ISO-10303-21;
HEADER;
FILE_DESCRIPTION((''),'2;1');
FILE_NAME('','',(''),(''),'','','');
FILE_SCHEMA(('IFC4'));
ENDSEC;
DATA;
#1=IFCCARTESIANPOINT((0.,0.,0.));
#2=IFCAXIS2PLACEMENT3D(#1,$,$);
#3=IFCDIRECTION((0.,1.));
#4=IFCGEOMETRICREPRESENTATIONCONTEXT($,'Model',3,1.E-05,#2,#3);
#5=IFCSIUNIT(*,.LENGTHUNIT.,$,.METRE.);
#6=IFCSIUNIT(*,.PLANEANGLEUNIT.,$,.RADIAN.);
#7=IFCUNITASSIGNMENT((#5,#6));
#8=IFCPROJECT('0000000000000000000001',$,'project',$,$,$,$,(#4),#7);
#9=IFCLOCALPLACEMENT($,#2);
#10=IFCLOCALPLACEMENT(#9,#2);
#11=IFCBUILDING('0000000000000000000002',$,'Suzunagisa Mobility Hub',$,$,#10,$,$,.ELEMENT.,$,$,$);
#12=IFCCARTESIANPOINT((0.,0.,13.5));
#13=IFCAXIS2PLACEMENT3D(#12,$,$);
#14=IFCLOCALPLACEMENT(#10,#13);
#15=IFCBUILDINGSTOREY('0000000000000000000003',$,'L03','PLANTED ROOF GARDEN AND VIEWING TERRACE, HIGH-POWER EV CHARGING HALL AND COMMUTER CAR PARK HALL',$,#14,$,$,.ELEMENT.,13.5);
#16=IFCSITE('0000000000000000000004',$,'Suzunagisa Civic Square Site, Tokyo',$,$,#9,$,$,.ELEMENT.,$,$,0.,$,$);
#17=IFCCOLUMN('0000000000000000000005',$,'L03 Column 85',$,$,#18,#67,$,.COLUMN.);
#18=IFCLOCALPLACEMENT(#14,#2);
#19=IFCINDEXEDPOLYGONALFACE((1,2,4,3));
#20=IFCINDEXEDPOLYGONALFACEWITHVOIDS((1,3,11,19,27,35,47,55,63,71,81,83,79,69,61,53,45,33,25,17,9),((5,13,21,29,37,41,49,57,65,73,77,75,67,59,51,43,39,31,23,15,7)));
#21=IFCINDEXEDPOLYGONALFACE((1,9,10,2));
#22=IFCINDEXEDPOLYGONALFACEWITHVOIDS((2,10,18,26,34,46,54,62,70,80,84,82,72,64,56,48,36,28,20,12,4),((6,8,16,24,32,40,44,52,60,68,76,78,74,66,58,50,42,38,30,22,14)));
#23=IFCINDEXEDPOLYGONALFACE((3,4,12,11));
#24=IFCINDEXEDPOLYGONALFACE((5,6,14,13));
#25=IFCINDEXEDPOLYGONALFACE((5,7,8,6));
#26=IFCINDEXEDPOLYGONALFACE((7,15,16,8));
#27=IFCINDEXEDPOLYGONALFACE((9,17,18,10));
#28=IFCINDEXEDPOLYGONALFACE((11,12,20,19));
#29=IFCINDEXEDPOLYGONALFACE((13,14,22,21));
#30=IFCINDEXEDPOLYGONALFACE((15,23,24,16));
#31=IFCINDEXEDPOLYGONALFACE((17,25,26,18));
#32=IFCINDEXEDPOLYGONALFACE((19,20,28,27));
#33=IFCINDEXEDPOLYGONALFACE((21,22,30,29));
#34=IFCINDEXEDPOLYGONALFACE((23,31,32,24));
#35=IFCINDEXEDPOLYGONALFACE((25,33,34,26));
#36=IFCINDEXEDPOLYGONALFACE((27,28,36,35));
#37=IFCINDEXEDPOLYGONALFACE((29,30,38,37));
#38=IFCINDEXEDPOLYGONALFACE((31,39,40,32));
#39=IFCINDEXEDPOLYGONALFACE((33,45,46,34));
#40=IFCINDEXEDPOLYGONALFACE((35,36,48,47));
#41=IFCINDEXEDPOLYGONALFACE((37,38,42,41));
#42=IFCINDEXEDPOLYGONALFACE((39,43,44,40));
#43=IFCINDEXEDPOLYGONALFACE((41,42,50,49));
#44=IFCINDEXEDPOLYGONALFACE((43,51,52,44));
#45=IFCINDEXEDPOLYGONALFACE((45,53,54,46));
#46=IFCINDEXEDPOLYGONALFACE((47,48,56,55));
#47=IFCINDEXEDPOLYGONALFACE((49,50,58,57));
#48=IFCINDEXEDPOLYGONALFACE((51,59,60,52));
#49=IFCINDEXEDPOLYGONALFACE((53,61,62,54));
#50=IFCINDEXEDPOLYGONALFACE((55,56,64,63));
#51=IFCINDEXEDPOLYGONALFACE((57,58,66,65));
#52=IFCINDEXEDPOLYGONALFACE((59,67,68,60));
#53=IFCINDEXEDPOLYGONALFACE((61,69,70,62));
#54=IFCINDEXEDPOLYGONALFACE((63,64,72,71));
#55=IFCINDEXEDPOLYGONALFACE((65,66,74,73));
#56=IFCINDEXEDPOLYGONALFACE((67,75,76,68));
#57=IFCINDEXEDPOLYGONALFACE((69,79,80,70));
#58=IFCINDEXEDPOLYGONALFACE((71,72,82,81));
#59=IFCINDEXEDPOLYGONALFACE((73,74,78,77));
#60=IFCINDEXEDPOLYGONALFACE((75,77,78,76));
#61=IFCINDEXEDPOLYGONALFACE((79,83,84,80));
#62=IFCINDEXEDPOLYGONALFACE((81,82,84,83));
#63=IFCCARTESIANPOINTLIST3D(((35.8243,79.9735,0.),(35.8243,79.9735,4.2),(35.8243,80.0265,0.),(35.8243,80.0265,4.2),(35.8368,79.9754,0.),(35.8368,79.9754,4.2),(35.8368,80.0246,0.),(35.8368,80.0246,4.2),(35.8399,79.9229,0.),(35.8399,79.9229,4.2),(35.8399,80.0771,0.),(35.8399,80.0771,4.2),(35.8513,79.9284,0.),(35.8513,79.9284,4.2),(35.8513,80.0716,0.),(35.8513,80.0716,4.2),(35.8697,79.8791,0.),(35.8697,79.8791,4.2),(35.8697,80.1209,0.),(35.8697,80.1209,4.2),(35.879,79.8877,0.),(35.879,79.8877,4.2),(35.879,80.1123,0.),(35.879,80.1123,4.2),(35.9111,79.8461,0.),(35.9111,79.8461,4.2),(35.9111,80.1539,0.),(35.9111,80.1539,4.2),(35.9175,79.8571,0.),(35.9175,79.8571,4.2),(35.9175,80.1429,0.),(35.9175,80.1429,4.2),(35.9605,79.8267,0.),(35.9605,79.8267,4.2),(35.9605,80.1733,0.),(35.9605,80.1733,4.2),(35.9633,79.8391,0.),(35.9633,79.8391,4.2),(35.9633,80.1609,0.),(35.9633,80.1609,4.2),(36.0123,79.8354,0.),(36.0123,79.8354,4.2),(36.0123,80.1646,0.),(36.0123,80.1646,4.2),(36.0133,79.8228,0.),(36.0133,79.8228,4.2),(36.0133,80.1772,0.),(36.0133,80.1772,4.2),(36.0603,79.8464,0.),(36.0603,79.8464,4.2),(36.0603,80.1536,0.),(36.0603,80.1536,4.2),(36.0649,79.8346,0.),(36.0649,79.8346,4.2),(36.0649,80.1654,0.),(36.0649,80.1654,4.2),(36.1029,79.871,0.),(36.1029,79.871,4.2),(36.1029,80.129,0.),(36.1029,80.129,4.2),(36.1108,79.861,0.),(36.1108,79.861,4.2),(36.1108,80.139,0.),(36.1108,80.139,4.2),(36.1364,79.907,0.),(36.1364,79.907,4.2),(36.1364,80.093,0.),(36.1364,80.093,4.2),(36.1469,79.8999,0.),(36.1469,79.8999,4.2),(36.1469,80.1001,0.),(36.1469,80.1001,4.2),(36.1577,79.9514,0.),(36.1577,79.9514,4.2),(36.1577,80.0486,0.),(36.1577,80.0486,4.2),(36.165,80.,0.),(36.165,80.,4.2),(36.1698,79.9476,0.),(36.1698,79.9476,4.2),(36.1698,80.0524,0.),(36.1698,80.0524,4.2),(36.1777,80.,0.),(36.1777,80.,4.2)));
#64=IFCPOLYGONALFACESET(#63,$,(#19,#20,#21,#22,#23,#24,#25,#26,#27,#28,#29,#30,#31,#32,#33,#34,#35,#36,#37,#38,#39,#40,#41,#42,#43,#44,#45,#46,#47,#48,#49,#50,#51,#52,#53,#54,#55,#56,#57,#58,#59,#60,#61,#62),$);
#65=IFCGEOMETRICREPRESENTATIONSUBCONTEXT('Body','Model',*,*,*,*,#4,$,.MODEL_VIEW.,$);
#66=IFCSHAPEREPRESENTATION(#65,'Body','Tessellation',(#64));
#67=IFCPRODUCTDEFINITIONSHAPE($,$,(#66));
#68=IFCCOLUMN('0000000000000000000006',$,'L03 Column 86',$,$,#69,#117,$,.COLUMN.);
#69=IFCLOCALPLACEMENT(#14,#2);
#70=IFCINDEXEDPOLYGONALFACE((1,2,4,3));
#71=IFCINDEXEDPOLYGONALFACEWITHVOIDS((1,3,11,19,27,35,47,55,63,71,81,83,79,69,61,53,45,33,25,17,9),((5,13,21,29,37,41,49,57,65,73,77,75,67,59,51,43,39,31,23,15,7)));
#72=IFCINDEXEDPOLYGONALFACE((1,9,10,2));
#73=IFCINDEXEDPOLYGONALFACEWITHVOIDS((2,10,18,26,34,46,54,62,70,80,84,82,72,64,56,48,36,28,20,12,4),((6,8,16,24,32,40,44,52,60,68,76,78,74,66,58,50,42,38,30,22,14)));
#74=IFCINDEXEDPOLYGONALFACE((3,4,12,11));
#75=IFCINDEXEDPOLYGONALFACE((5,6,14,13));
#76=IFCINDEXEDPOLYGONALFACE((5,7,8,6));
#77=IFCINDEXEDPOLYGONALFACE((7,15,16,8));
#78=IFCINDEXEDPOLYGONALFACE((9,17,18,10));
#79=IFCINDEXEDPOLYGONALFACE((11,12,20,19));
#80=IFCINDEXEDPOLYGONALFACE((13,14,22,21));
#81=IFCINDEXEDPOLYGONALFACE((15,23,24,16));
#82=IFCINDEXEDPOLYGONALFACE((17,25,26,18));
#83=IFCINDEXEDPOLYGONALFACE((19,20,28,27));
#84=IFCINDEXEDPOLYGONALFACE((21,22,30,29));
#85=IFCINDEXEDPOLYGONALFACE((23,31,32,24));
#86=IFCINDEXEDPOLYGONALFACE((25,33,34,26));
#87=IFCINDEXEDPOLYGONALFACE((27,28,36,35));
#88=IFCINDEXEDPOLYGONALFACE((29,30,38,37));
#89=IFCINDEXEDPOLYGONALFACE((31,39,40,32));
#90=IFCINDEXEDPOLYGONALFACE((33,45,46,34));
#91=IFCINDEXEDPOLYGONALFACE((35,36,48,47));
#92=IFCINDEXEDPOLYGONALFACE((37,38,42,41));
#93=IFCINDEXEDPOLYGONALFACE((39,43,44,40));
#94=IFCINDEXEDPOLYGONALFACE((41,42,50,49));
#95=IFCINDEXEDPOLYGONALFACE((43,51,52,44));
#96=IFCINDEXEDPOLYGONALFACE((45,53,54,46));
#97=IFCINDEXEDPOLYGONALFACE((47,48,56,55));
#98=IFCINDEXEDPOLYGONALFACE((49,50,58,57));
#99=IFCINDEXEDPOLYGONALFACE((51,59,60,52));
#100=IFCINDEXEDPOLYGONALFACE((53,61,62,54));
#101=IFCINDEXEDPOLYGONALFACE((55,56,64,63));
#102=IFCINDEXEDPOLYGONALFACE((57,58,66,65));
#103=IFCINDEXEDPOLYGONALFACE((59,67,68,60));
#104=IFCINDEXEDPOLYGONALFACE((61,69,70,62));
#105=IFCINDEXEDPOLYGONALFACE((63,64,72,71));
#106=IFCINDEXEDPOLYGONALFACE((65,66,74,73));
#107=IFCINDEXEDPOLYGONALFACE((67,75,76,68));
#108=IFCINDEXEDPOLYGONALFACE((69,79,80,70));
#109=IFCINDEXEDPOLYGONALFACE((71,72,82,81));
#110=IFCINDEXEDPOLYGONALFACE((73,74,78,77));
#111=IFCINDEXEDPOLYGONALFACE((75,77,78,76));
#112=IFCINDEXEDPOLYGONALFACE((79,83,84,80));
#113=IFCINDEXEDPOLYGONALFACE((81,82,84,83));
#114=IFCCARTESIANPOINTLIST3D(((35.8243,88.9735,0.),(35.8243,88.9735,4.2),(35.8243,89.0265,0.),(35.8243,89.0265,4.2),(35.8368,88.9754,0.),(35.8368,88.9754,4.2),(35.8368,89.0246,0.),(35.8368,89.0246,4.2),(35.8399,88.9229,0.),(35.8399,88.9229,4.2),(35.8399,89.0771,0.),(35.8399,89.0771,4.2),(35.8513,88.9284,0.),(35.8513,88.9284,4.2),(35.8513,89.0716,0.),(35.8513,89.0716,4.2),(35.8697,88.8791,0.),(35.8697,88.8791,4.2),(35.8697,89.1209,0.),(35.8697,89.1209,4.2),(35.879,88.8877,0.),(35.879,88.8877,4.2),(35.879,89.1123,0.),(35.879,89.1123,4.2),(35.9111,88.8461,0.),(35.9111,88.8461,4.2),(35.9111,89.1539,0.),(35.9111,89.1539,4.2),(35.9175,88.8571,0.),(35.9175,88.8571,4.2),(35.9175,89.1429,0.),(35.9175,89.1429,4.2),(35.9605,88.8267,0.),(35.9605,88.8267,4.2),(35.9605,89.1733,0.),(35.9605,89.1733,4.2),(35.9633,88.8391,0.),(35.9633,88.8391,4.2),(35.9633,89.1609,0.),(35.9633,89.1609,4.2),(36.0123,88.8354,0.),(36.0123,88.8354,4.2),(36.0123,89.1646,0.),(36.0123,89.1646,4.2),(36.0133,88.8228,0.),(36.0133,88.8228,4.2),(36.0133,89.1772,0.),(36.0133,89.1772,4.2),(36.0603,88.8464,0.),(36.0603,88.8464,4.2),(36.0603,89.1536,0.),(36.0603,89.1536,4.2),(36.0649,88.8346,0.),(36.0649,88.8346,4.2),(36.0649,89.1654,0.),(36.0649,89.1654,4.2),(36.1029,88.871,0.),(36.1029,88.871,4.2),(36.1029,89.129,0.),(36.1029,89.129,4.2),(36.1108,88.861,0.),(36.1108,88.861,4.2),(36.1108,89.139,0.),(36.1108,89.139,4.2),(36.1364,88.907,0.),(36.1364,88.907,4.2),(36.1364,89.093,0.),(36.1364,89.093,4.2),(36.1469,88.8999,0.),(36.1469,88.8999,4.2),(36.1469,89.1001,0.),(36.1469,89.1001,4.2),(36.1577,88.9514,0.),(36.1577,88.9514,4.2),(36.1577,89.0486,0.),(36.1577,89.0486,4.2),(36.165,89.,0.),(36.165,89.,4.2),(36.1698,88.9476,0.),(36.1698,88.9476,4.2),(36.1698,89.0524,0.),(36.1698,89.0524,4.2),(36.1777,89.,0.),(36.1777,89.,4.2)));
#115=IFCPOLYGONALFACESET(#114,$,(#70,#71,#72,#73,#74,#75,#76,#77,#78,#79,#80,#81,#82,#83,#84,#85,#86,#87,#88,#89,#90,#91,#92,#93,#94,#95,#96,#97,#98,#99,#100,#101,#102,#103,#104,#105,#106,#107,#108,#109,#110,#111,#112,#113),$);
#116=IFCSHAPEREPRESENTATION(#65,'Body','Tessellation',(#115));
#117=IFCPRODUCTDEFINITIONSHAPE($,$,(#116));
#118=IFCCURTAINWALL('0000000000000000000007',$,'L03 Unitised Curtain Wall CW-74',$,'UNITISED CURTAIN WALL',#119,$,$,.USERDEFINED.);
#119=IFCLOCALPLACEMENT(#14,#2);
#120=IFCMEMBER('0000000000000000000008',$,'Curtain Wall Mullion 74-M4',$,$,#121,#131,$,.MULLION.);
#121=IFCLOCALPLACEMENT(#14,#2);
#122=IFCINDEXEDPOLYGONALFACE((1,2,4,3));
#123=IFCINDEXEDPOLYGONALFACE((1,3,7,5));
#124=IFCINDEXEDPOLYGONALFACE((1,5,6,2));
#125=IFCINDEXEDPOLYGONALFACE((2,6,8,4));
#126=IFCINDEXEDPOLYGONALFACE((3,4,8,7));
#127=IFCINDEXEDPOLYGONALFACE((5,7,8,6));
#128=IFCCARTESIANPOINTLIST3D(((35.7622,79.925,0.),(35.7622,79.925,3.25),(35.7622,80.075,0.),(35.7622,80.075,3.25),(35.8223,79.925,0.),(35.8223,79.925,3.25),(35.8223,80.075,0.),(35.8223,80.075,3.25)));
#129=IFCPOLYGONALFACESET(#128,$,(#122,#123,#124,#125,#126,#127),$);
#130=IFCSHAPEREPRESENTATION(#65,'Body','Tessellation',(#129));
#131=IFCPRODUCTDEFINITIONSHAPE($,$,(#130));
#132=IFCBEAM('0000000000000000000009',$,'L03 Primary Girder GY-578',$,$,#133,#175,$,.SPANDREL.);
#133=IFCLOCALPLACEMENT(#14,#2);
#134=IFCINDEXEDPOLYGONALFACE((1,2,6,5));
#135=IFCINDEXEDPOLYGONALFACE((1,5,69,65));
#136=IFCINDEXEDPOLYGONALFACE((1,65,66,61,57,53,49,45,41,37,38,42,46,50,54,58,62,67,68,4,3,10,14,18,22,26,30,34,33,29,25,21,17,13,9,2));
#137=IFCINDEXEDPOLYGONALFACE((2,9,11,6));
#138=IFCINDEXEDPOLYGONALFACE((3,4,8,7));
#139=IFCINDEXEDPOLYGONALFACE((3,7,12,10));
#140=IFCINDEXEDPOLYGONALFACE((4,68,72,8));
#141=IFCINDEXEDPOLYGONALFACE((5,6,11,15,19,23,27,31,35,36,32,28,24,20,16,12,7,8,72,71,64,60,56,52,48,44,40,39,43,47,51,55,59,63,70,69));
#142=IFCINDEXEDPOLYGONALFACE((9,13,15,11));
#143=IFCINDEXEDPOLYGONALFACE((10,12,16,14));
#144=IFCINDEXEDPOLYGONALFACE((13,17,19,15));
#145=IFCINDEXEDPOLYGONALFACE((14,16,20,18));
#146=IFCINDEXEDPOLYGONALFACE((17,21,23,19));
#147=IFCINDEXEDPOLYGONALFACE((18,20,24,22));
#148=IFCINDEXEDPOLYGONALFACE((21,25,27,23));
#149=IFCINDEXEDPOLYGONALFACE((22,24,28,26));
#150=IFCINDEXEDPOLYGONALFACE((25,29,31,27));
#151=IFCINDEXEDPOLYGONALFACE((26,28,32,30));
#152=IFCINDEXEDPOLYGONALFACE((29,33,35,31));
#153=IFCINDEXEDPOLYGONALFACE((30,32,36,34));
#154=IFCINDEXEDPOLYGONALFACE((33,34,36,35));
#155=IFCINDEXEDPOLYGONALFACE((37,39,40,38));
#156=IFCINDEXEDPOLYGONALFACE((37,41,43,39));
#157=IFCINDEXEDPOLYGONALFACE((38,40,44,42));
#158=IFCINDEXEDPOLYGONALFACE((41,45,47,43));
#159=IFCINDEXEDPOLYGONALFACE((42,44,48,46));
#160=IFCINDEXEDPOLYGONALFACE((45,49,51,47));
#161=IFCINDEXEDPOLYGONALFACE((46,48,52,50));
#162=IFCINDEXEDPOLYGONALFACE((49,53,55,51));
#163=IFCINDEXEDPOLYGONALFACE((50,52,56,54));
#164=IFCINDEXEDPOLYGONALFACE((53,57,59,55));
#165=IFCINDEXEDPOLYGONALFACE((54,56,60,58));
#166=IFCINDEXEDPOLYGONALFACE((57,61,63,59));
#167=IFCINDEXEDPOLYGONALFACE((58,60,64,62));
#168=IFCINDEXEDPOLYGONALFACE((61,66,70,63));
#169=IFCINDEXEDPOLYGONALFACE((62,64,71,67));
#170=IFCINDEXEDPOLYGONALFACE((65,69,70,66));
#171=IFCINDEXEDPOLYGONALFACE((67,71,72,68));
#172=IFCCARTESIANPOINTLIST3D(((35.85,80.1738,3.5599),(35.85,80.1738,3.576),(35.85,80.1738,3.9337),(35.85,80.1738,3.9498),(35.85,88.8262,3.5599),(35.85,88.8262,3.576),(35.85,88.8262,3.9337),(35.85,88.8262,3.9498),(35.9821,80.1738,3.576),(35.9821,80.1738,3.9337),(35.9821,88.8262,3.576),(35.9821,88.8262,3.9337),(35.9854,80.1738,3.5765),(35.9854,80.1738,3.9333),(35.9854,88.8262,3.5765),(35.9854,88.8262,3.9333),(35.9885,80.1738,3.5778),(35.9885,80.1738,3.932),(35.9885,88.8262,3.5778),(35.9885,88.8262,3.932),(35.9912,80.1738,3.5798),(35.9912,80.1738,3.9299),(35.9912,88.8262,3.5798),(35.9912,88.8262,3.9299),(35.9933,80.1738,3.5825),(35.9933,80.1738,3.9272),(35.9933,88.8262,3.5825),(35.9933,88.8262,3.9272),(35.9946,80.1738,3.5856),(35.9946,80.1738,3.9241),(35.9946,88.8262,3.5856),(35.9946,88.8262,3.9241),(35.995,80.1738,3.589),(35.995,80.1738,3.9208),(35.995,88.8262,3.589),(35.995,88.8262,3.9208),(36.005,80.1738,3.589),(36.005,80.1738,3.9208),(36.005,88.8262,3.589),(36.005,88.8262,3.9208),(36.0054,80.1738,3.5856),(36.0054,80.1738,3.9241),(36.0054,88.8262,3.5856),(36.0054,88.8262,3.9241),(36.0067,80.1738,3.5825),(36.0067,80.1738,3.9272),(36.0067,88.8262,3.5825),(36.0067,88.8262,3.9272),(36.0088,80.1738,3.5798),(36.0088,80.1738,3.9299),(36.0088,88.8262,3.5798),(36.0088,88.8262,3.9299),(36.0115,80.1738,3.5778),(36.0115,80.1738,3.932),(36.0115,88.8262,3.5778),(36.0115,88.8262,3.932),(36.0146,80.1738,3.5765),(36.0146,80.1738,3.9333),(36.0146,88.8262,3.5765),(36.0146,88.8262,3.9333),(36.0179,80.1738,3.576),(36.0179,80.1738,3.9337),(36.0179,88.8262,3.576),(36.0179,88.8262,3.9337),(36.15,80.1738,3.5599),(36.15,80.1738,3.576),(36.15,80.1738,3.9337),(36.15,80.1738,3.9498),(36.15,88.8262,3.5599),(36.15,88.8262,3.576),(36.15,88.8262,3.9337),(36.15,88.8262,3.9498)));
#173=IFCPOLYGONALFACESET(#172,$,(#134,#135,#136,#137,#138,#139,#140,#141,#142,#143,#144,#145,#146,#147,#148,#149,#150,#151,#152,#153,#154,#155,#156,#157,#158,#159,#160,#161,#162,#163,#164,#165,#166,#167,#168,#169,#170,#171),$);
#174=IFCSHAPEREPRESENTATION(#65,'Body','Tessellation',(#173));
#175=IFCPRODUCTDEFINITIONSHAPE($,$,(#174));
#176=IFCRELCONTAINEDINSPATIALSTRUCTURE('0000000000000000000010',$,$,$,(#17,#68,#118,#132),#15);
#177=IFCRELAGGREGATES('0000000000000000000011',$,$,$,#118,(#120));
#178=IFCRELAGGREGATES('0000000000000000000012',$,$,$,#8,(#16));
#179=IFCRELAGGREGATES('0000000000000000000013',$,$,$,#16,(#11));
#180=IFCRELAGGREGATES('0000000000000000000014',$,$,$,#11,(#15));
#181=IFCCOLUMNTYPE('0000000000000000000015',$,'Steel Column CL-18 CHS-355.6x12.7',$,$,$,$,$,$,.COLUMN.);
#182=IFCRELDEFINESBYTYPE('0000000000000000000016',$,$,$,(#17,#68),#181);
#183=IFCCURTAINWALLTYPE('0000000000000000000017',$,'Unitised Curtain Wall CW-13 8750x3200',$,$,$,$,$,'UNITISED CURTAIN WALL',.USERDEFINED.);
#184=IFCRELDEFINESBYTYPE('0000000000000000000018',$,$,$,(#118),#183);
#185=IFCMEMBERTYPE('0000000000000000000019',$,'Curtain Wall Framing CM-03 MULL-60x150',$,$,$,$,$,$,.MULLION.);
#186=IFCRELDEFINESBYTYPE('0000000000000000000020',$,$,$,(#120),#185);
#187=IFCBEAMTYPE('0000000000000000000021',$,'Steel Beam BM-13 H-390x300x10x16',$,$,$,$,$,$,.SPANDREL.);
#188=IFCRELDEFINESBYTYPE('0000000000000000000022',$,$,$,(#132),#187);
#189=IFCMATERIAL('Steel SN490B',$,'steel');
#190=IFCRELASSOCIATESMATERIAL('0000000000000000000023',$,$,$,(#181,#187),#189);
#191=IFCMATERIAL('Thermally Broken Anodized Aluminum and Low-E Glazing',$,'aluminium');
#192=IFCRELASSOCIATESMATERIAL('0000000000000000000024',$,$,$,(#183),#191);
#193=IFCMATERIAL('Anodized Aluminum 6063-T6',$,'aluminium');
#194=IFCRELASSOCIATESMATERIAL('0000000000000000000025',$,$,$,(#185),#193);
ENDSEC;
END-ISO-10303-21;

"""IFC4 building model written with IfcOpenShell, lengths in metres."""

from ifc_helpers import new_model, si_unit, direction, frame, origin, origin_2d, place, context, subcontext, project, spatial, rectangle, hollow_circle, i_section, extrude, material, material_profile, profile_set, type_object, element, aggregate, save


model = new_model("IFC4")

# Units and contexts
model_context = context("Model", 3, precision=1e-05, world=origin(), true_north=direction((0.0, 1.0)))
body_context = subcontext(model_context, "Body", "Model", "MODEL_VIEW")
ifc_project = project(units=[si_unit("LENGTHUNIT", "METRE"), si_unit("PLANEANGLEUNIT", "RADIAN")], contexts=[model_context])

# Site, building, storey
site_placement = place(None, origin())
site = spatial("IfcSite", under=ifc_project, at=site_placement, Name="Suzunagisa Civic Square Site, Tokyo", CompositionType="ELEMENT", RefElevation=0.0)
building_placement = place(site_placement, origin())
building = spatial("IfcBuilding", under=site, at=building_placement, Name="Suzunagisa Mobility Hub", CompositionType="ELEMENT")
storey_placement = place(building_placement, frame((0.0, 0.0, 13.5)))
storey = spatial("IfcBuildingStorey", under=building, at=storey_placement, Name="L03", Description="PLANTED ROOF GARDEN AND VIEWING TERRACE, HIGH-POWER EV CHARGING HALL AND COMMUTER CAR PARK HALL", CompositionType="ELEMENT", Elevation=13.5)

# Columns
ifc_material_1 = material(Name="Steel SN490B", Category="steel")
ifc_material_profile_1 = material_profile(ifc_material_1, hollow_circle(Radius=0.1777, WallThickness=0.0127, at=origin_2d()), Name="CHS-355.6x12.7")
ifc_profile_set_1 = profile_set([ifc_material_profile_1], Name="Steel SN490B")
column_type = type_object("IfcColumnType", Name="Steel Column CL-18 CHS-355.6x12.7", PredefinedType="COLUMN", material=ifc_profile_set_1)
for number, where, z_axis, x_axis, name in (
    (1, (36.0, 80.0, 0.0), (0.0, 0.0, 1.0), (1.0, 0.0, 0.0), "L03 Column 85"),
    (2, (36.0, 89.0, 0.0), (0.0, 0.0, 1.0), (1.0, 0.0, 0.0), "L03 Column 86"),
):
    element("IfcColumn", number, at=place(storey_placement, frame(where, z_axis=z_axis, x_axis=x_axis)), inside=storey, type_object=column_type, Name=name, PredefinedType="COLUMN", context=body_context, shape_type="SweptSolid", body=[
        extrude(hollow_circle(Radius=0.1777, WallThickness=0.0127, at=origin_2d()), origin(), (0.0, 0.0, 1.0), 4.2),
    ])

# Curtain wall, member
ifc_material_2 = material(Name="Thermally Broken Anodized Aluminum and Low-E Glazing", Category="aluminium")
curtain_wall_type = type_object("IfcCurtainWallType", Name="Unitised Curtain Wall CW-13 8750x3200", ElementType="UNITISED CURTAIN WALL", PredefinedType="USERDEFINED", material=ifc_material_2)
curtain_wall_placement = place(storey_placement, origin())
curtain_wall = element("IfcCurtainWall", 3, at=curtain_wall_placement, inside=storey, type_object=curtain_wall_type, Name="L03 Unitised Curtain Wall CW-74", ObjectType="UNITISED CURTAIN WALL", PredefinedType="USERDEFINED")
ifc_material_3 = material(Name="Anodized Aluminum 6063-T6", Category="aluminium")
ifc_material_profile_2 = material_profile(ifc_material_3, rectangle(XDim=0.0601, YDim=0.1499, at=origin_2d()), Name="MULL-60x150")
ifc_profile_set_2 = profile_set([ifc_material_profile_2], Name="Anodized Aluminum 6063-T6")
member_type = type_object("IfcMemberType", Name="Curtain Wall Framing CM-03 MULL-60x150", PredefinedType="MULLION", material=ifc_profile_set_2)
member_placement = place(storey_placement, frame((35.7922, 80.0, 0.0), z_axis=(0.0, 0.0, 1.0), x_axis=(1.0, 0.0, 0.0)))
member = element("IfcMember", 4, at=member_placement, type_object=member_type, Name="Curtain Wall Mullion 74-M4", PredefinedType="MULLION", context=body_context, shape_type="SweptSolid", body=[
    extrude(rectangle(XDim=0.0601, YDim=0.1499, at=origin_2d()), origin(), (0.0, 0.0, 1.0), 3.25),
])

# Beam
ifc_material_profile_3 = material_profile(ifc_material_1, i_section(OverallWidth=0.3, OverallDepth=0.3899, WebThickness=0.01, FlangeThickness=0.0161, FilletRadius=0.0129, at=origin_2d()), Name="H-390x300x10x16")
ifc_profile_set_3 = profile_set([ifc_material_profile_3], Name="Steel SN490B")
beam_type = type_object("IfcBeamType", Name="Steel Beam BM-13 H-390x300x10x16", PredefinedType="SPANDREL", material=ifc_profile_set_3)
for number, where, z_axis, x_axis, name in (
    (5, (36.0, 80.1738, 3.7549), (0.0, 1.0, 0.0), (-1.0, 0.0, 0.0), "L03 Primary Girder GY-578"),
):
    element("IfcBeam", number, at=place(storey_placement, frame(where, z_axis=z_axis, x_axis=x_axis)), inside=storey, type_object=beam_type, Name=name, PredefinedType="SPANDREL", context=body_context, shape_type="SweptSolid", body=[
        extrude(i_section(OverallWidth=0.3, OverallDepth=0.3899, WebThickness=0.01, FlangeThickness=0.0161, FilletRadius=0.0129, at=origin_2d()), origin(), (0.0, 0.0, 1.0), 8.6523),
    ])

aggregate(curtain_wall, [member])

save(model, "model.ifc")
